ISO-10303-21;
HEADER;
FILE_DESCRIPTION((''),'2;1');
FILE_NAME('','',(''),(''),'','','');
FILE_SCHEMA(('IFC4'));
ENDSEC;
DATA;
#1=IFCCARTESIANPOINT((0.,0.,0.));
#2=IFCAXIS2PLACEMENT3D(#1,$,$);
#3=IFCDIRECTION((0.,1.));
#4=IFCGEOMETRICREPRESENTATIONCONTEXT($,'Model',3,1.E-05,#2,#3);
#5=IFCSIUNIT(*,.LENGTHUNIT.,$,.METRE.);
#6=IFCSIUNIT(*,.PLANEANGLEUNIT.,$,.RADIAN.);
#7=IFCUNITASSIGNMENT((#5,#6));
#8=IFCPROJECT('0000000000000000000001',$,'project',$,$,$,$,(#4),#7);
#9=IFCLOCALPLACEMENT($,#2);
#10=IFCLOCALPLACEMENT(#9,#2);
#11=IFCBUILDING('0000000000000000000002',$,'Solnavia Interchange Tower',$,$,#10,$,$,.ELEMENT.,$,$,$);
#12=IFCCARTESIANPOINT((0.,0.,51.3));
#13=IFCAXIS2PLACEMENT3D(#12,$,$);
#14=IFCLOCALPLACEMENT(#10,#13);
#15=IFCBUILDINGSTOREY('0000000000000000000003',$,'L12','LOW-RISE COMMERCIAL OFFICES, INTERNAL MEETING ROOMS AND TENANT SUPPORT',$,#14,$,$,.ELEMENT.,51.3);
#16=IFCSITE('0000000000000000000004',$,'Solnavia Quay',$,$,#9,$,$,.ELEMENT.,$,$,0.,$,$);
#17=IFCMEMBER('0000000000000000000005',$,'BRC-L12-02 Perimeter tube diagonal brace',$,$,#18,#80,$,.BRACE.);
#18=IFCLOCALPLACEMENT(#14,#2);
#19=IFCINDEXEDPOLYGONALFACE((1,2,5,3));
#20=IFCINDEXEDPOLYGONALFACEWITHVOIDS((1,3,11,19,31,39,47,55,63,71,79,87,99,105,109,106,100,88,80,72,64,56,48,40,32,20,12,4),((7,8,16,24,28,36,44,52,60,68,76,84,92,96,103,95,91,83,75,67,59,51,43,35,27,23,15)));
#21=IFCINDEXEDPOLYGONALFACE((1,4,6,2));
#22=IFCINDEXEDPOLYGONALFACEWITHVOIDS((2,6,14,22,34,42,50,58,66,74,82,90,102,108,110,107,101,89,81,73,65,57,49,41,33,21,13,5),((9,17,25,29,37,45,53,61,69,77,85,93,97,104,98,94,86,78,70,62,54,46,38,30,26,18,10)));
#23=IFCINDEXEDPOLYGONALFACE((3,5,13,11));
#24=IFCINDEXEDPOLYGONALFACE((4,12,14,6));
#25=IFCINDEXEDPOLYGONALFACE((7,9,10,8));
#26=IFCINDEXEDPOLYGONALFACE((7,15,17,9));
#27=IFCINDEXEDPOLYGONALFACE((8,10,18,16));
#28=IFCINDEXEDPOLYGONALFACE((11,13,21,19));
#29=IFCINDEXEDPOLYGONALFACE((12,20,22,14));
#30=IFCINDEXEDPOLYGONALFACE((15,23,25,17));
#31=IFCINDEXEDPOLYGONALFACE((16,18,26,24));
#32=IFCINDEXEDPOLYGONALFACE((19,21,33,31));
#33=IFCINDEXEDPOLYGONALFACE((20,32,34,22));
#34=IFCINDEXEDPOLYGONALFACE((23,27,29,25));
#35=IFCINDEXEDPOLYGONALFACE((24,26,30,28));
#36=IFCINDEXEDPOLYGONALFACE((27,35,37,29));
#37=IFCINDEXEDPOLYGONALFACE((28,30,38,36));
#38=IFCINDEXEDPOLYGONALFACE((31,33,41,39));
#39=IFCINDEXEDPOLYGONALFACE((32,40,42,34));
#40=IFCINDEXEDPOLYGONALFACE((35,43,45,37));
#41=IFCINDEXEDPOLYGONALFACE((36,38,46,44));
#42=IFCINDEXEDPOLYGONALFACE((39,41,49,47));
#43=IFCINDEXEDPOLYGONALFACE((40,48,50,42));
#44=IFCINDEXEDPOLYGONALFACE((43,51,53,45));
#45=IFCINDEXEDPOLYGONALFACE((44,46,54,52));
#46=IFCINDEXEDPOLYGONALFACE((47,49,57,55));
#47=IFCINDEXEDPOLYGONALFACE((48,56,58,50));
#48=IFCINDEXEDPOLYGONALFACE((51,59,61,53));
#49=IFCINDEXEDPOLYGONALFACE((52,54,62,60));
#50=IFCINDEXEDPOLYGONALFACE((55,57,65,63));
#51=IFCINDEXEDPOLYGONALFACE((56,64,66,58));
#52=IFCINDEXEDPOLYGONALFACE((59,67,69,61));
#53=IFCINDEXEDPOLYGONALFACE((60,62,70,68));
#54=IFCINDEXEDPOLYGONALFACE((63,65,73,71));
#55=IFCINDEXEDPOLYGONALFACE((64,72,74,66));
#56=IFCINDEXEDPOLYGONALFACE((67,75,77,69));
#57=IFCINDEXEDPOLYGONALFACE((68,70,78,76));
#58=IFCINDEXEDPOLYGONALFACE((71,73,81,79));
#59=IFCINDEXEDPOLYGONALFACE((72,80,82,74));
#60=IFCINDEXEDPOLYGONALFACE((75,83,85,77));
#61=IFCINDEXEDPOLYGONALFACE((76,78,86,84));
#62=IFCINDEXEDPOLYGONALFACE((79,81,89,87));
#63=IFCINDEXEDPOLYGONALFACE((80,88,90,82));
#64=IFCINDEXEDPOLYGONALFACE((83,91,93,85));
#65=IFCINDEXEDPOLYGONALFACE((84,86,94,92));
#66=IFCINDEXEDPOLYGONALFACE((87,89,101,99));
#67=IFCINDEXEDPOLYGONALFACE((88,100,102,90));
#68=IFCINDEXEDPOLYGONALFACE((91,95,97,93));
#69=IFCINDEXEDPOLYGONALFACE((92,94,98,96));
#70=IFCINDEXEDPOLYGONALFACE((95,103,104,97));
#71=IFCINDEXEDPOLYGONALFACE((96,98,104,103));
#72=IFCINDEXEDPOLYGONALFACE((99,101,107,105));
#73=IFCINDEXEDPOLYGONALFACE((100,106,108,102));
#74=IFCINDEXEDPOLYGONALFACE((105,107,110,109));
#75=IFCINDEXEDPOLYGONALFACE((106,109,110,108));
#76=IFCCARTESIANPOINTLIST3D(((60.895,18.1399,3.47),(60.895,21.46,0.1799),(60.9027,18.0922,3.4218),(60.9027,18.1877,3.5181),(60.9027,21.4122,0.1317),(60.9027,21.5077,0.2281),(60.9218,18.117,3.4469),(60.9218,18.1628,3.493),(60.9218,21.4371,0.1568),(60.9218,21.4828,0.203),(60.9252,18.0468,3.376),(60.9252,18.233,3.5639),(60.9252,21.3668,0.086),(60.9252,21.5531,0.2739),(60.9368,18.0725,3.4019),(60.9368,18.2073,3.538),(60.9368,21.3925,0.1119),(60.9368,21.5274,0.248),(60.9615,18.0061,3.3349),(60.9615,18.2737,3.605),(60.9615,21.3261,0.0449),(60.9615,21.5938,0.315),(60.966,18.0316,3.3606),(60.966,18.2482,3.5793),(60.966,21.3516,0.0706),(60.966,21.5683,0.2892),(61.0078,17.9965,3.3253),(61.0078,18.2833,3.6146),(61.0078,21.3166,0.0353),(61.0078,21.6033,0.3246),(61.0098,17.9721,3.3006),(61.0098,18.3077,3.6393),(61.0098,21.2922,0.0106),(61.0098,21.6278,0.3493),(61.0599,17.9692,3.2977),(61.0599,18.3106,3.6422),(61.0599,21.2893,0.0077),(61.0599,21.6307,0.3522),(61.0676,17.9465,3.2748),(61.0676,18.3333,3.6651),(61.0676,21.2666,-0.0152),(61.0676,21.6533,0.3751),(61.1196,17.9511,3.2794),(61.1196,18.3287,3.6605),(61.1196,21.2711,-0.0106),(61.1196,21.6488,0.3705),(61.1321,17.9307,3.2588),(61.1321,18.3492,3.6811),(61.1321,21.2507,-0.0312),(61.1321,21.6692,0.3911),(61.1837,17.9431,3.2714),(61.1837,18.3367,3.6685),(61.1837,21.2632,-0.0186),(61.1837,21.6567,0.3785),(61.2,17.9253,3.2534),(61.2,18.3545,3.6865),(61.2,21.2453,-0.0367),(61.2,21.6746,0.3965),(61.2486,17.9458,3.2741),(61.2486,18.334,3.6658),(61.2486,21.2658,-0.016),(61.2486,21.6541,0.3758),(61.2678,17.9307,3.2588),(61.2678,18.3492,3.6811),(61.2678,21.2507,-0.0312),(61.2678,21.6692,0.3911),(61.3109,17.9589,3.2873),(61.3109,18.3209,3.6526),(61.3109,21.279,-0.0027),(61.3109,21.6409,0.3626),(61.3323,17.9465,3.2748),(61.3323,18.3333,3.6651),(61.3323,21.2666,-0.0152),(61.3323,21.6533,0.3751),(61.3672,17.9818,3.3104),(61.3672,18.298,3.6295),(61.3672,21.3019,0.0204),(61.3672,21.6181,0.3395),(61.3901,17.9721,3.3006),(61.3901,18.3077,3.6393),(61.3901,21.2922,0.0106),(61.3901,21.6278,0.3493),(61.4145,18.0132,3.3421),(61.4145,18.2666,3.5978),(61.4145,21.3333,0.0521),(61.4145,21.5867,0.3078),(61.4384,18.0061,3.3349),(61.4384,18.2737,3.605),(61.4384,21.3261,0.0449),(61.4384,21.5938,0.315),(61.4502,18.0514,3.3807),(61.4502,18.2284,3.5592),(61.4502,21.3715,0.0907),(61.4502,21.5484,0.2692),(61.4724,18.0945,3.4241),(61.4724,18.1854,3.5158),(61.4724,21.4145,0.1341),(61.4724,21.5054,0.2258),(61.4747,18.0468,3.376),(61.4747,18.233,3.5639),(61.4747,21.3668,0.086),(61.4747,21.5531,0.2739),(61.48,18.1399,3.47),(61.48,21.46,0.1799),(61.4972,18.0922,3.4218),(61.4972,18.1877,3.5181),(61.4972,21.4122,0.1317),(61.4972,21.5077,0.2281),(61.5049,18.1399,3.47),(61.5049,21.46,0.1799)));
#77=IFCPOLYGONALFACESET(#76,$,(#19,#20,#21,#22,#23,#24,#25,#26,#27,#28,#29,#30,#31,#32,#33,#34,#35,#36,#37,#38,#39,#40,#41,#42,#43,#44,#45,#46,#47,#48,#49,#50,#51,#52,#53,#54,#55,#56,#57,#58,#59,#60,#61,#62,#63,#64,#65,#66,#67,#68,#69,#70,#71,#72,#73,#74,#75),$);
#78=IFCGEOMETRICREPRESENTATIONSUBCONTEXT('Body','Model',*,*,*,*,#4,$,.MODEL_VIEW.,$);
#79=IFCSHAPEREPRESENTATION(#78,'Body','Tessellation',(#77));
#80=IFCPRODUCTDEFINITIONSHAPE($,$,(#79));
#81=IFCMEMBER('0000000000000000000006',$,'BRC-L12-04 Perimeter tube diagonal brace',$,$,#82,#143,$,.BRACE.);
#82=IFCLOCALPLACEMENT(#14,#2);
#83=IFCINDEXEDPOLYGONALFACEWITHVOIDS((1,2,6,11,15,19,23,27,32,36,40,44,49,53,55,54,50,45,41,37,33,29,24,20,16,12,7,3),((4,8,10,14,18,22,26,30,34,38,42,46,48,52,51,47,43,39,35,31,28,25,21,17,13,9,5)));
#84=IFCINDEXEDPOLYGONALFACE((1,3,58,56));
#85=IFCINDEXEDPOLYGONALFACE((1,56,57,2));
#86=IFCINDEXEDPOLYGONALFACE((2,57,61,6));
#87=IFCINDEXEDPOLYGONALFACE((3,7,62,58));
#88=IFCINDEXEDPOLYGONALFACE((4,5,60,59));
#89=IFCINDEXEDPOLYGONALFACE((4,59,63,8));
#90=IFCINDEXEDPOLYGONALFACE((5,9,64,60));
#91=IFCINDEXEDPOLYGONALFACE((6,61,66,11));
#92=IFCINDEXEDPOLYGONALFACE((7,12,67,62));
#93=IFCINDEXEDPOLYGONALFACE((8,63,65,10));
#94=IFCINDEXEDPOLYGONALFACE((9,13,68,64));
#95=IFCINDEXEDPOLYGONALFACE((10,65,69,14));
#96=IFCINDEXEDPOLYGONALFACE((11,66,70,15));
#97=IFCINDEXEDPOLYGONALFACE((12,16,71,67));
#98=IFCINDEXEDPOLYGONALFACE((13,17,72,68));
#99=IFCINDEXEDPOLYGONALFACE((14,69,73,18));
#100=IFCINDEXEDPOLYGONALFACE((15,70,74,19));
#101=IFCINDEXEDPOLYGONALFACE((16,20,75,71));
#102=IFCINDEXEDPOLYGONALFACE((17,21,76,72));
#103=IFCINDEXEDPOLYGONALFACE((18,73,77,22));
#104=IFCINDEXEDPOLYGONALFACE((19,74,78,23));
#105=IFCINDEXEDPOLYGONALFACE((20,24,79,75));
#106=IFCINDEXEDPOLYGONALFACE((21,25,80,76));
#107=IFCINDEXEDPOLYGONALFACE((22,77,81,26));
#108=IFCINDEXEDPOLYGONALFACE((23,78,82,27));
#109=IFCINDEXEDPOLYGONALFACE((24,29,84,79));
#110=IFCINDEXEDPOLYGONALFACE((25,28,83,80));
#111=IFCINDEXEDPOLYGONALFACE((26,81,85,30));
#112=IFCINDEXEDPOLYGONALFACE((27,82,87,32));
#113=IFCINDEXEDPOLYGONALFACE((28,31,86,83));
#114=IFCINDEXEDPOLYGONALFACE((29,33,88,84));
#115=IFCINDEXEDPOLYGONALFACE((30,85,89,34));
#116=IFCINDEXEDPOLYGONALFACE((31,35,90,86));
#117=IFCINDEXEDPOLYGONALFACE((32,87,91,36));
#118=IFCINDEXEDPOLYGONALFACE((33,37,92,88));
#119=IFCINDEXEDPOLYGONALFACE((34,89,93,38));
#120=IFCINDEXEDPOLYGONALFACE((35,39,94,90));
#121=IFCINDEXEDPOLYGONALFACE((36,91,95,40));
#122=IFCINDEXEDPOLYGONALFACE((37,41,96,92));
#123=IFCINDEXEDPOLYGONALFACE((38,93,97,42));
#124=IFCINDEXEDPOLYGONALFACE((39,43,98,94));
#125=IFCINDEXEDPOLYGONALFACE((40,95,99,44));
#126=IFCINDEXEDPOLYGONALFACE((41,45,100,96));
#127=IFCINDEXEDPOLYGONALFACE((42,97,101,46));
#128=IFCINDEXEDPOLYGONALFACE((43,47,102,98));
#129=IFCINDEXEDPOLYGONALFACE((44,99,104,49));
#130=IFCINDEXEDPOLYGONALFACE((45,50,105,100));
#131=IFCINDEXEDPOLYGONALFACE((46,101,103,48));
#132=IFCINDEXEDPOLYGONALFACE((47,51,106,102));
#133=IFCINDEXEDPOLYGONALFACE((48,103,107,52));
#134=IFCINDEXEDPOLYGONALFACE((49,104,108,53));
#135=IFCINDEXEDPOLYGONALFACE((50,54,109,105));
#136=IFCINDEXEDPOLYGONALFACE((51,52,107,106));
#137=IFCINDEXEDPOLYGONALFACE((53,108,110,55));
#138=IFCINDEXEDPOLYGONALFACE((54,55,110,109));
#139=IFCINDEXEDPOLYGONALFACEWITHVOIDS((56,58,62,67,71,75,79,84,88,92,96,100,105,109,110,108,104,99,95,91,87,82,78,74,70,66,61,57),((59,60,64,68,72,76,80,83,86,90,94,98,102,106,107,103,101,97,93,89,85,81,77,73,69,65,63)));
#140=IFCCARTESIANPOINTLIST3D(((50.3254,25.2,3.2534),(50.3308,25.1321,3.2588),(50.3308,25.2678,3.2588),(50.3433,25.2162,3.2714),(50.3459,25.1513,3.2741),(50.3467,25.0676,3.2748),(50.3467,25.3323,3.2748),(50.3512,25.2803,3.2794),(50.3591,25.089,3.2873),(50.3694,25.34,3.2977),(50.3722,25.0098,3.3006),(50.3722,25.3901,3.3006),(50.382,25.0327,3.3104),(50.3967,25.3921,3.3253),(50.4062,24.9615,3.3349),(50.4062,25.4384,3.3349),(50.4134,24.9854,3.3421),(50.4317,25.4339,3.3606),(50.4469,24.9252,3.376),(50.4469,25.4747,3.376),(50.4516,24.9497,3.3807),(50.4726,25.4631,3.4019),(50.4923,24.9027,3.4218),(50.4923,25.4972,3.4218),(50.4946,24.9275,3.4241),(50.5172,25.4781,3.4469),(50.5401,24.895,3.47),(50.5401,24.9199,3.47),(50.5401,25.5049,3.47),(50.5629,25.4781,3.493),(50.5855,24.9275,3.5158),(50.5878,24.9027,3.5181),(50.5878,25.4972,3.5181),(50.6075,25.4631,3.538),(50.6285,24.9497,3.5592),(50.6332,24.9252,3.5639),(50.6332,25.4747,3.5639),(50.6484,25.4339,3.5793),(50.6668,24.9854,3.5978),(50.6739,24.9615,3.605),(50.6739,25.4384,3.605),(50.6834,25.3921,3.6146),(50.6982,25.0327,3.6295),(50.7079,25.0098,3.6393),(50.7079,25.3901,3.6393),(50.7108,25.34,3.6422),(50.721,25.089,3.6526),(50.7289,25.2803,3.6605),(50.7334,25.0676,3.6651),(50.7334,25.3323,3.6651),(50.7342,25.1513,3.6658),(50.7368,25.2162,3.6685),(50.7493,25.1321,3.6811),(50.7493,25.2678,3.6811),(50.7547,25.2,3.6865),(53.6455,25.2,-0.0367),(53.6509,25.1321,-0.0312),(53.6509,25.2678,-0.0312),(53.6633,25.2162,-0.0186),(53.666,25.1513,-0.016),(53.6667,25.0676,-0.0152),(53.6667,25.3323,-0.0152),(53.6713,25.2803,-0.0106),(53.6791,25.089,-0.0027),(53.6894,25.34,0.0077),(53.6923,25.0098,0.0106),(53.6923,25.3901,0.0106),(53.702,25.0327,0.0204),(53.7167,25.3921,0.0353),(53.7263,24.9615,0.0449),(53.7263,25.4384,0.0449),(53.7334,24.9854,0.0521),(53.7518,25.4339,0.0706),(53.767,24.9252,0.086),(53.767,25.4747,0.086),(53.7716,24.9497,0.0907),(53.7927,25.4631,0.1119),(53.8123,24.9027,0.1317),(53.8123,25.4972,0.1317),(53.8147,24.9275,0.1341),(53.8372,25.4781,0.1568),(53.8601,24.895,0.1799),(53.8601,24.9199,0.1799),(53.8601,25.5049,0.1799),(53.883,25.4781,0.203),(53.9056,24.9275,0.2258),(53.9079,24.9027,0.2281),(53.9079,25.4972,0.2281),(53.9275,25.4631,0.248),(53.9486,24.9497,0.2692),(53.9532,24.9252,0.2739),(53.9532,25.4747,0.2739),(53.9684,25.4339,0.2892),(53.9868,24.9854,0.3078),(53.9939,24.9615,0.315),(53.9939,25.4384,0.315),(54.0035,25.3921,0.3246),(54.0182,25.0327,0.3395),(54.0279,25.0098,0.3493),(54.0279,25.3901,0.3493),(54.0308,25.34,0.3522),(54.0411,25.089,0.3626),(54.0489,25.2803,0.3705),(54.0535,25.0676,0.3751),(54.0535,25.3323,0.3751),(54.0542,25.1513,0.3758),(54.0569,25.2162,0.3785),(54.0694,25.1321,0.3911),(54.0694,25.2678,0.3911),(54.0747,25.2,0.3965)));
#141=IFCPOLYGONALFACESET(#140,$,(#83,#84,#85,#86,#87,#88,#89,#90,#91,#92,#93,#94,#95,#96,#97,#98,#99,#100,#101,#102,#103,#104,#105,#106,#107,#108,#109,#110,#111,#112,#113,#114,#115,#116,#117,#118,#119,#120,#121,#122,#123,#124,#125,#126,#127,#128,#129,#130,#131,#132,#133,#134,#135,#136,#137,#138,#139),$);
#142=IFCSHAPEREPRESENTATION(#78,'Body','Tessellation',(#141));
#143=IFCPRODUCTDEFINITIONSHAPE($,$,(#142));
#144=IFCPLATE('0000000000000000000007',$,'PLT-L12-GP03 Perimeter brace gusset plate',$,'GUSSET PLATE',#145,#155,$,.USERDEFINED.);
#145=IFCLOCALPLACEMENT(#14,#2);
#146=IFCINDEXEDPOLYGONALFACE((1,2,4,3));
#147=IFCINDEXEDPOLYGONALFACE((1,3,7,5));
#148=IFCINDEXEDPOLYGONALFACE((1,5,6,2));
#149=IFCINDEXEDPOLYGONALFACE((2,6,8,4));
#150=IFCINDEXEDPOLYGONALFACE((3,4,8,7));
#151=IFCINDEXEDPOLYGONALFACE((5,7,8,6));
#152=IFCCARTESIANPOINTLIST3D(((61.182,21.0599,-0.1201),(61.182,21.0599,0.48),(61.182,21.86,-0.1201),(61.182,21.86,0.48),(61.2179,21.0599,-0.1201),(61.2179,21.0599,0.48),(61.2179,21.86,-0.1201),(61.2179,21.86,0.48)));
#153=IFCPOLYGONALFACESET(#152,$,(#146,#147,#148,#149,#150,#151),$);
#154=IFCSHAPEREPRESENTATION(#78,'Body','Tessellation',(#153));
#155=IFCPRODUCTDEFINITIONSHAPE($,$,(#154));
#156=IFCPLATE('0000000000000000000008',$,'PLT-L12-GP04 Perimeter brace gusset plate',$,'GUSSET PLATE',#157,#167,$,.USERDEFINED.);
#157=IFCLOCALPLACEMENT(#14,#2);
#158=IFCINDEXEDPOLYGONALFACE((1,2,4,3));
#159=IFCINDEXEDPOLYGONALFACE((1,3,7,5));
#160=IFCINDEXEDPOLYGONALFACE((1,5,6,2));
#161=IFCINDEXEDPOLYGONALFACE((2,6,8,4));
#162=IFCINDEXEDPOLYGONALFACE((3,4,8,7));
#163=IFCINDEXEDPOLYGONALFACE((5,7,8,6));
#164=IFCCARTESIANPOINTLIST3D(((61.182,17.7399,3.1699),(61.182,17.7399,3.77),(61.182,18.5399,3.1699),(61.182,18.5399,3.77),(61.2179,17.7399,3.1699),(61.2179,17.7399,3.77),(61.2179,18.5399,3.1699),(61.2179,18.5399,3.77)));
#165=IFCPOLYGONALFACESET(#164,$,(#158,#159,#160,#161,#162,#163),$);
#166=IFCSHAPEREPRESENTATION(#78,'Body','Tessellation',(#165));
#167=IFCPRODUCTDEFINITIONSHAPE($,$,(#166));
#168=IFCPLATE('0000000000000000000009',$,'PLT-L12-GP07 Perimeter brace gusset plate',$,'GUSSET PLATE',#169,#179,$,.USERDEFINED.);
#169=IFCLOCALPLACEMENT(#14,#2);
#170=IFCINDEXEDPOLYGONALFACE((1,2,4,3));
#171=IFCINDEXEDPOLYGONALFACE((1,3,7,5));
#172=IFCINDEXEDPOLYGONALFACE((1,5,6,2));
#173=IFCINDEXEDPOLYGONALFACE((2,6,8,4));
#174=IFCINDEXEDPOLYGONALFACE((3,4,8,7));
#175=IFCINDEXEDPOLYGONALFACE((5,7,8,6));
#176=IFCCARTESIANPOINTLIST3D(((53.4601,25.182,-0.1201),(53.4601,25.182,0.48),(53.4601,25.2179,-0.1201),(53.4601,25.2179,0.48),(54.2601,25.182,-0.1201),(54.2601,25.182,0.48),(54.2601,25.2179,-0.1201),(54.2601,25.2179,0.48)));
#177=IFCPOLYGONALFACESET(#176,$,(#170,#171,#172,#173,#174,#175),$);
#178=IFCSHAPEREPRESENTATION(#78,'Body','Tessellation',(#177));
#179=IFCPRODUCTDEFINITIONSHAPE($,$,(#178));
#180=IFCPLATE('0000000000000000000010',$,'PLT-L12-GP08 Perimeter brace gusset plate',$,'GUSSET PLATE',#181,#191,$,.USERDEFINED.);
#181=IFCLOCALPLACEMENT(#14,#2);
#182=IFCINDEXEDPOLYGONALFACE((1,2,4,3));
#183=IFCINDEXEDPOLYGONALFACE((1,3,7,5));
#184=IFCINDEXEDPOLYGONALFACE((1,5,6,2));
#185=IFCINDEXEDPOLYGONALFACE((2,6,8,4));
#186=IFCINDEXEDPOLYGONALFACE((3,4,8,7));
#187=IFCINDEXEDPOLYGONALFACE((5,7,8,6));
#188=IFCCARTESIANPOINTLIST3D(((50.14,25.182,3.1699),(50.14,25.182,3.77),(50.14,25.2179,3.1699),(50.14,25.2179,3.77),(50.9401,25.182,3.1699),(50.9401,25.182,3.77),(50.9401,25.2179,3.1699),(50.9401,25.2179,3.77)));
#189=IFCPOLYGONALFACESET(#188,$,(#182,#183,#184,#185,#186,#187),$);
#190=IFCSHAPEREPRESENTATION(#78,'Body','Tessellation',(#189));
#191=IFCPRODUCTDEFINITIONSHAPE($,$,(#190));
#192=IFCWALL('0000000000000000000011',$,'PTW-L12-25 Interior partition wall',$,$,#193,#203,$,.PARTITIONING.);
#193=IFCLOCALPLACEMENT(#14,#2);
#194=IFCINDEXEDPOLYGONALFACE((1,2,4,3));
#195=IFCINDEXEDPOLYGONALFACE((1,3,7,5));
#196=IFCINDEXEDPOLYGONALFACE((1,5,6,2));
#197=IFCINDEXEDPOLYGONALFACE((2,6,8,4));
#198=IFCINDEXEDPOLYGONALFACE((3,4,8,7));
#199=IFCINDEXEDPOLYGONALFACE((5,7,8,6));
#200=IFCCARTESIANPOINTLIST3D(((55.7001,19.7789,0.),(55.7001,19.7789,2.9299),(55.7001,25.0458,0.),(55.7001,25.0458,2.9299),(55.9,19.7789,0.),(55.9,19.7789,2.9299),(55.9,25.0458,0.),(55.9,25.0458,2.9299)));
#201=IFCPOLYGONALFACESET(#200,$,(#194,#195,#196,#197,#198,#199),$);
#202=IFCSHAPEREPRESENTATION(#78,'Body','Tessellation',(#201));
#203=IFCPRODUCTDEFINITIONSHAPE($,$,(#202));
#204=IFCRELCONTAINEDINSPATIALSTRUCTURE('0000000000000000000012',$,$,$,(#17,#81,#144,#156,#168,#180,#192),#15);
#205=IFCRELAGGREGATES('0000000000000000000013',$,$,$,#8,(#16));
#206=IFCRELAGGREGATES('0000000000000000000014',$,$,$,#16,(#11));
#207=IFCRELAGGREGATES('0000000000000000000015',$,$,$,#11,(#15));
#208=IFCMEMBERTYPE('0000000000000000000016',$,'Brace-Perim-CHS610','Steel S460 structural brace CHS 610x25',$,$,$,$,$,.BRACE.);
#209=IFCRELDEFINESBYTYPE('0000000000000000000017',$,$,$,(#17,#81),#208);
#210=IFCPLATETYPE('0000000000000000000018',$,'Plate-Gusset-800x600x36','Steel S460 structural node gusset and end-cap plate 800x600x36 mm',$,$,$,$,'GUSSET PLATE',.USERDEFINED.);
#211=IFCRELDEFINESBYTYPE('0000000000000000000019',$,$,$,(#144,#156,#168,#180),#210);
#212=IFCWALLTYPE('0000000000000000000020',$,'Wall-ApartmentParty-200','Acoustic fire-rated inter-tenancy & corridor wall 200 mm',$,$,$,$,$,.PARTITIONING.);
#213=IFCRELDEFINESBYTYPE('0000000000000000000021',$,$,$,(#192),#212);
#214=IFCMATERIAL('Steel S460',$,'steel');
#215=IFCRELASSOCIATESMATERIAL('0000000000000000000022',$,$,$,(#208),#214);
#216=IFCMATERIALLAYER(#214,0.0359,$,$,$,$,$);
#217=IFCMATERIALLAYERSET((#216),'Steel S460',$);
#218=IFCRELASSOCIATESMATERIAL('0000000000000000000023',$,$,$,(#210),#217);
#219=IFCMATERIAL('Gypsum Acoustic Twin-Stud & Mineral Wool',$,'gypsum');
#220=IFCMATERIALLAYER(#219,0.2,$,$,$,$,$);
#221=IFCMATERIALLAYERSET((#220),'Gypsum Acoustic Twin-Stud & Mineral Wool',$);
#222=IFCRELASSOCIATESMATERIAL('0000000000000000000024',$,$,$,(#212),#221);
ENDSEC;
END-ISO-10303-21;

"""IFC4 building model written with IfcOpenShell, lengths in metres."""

from ifc_helpers import new_model, si_unit, direction, frame, frame_2d, origin, origin_2d, place, context, subcontext, project, spatial, rectangle, hollow_circle, extrude, material, layer, layer_set, material_profile, profile_set, type_object, element, save


model = new_model("IFC4")

# Units and contexts
model_context = context("Model", 3, precision=1e-05, world=origin(), true_north=direction((0.0, 1.0)))
body_context = subcontext(model_context, "Body", "Model", "MODEL_VIEW")
ifc_project = project(units=[si_unit("LENGTHUNIT", "METRE"), si_unit("PLANEANGLEUNIT", "RADIAN")], contexts=[model_context])

# Site, building, storey
site_placement = place(None, origin())
site = spatial("IfcSite", under=ifc_project, at=site_placement, Name="Solnavia Quay", CompositionType="ELEMENT", RefElevation=0.0)
building_placement = place(site_placement, origin())
building = spatial("IfcBuilding", under=site, at=building_placement, Name="Solnavia Interchange Tower", CompositionType="ELEMENT")
storey_placement = place(building_placement, frame((0.0, 0.0, 51.3)))
storey = spatial("IfcBuildingStorey", under=building, at=storey_placement, Name="L12", Description="LOW-RISE COMMERCIAL OFFICES, INTERNAL MEETING ROOMS AND TENANT SUPPORT", CompositionType="ELEMENT", Elevation=51.3)

# Members
ifc_material_1 = material(Name="Steel S460", Category="steel")
ifc_material_profile_1 = material_profile(ifc_material_1, hollow_circle(Radius=0.3049, WallThickness=0.0249, at=origin_2d()), Name="CHS 610x25")
ifc_profile_set_1 = profile_set([ifc_material_profile_1], Name="Steel S460")
member_type = type_object("IfcMemberType", Name="Brace-Perim-CHS610", Description="Steel S460 structural brace CHS 610x25", PredefinedType="BRACE", material=ifc_profile_set_1)
for number, where, z_axis, x_axis, name in (
    (1, (61.2, 21.46, 0.1799), (0.0, -0.710312, 0.703887), (1.0, 0.0, 0.0), "BRC-L12-02 Perimeter tube diagonal brace"),
    (2, (53.8601, 25.2, 0.1799), (-0.710312, 0.0, 0.703887), (0.0, -1.0, 0.0), "BRC-L12-04 Perimeter tube diagonal brace"),
):
    element("IfcMember", number, at=place(storey_placement, frame(where, z_axis=z_axis, x_axis=x_axis)), inside=storey, type_object=member_type, Name=name, PredefinedType="BRACE", context=body_context, shape_type="SweptSolid", body=[
        extrude(hollow_circle(Radius=0.3049, WallThickness=0.0249, at=origin_2d()), origin(), (0.0, 0.0, 1.0), 4.6741),
    ])

# Plates
ifc_layer_1 = layer(ifc_material_1, 0.0359)
ifc_layer_set_1 = layer_set([ifc_layer_1], Name="Steel S460")
plate_type = type_object("IfcPlateType", Name="Plate-Gusset-800x600x36", Description="Steel S460 structural node gusset and end-cap plate 800x600x36 mm", ElementType="GUSSET PLATE", PredefinedType="USERDEFINED", material=ifc_layer_set_1)
for number, where, z_axis, x_axis, name in (
    (3, (61.2, 21.46, -0.1201), (0.0, 0.0, 1.0), (0.0, -1.0, 0.0), "PLT-L12-GP03 Perimeter brace gusset plate"),
    (4, (61.2, 18.1399, 3.1699), (0.0, 0.0, 1.0), (0.0, -1.0, 0.0), "PLT-L12-GP04 Perimeter brace gusset plate"),
    (5, (53.8601, 25.2, -0.1201), (0.0, 0.0, 1.0), (-1.0, 0.0, 0.0), "PLT-L12-GP07 Perimeter brace gusset plate"),
    (6, (50.54, 25.2, 3.1699), (0.0, 0.0, 1.0), (-1.0, 0.0, 0.0), "PLT-L12-GP08 Perimeter brace gusset plate"),
):
    element("IfcPlate", number, at=place(storey_placement, frame(where, z_axis=z_axis, x_axis=x_axis)), inside=storey, type_object=plate_type, Name=name, ObjectType="GUSSET PLATE", PredefinedType="USERDEFINED", context=body_context, shape_type="SweptSolid", body=[
        extrude(rectangle(XDim=0.8, YDim=0.0359, at=origin_2d()), origin(), (0.0, 0.0, 1.0), 0.6001),
    ])

# Wall
ifc_material_2 = material(Name="Gypsum Acoustic Twin-Stud & Mineral Wool", Category="gypsum")
ifc_layer_2 = layer(ifc_material_2, 0.2)
ifc_layer_set_2 = layer_set([ifc_layer_2], Name="Gypsum Acoustic Twin-Stud & Mineral Wool")
wall_type_1 = type_object("IfcWallType", Name="Wall-ApartmentParty-200", Description="Acoustic fire-rated inter-tenancy & corridor wall 200 mm", PredefinedType="PARTITIONING", material=ifc_layer_set_2)
wall_1_placement = place(storey_placement, frame((55.8, 19.7791, 0.0), z_axis=(0.0, 0.0, 1.0), x_axis=(0.0, 1.0, 0.0)))
element("IfcWall", 7, at=wall_1_placement, inside=storey, type_object=wall_type_1, Name="PTW-L12-25 Interior partition wall", PredefinedType="PARTITIONING", context=body_context, shape_type="SweptSolid", body=[
    extrude(rectangle(XDim=5.2668, YDim=0.2, at=frame_2d((2.6333, 0.0))), origin(), (0.0, 0.0, 1.0), 2.9299),
])

save(model, "model.ifc")
